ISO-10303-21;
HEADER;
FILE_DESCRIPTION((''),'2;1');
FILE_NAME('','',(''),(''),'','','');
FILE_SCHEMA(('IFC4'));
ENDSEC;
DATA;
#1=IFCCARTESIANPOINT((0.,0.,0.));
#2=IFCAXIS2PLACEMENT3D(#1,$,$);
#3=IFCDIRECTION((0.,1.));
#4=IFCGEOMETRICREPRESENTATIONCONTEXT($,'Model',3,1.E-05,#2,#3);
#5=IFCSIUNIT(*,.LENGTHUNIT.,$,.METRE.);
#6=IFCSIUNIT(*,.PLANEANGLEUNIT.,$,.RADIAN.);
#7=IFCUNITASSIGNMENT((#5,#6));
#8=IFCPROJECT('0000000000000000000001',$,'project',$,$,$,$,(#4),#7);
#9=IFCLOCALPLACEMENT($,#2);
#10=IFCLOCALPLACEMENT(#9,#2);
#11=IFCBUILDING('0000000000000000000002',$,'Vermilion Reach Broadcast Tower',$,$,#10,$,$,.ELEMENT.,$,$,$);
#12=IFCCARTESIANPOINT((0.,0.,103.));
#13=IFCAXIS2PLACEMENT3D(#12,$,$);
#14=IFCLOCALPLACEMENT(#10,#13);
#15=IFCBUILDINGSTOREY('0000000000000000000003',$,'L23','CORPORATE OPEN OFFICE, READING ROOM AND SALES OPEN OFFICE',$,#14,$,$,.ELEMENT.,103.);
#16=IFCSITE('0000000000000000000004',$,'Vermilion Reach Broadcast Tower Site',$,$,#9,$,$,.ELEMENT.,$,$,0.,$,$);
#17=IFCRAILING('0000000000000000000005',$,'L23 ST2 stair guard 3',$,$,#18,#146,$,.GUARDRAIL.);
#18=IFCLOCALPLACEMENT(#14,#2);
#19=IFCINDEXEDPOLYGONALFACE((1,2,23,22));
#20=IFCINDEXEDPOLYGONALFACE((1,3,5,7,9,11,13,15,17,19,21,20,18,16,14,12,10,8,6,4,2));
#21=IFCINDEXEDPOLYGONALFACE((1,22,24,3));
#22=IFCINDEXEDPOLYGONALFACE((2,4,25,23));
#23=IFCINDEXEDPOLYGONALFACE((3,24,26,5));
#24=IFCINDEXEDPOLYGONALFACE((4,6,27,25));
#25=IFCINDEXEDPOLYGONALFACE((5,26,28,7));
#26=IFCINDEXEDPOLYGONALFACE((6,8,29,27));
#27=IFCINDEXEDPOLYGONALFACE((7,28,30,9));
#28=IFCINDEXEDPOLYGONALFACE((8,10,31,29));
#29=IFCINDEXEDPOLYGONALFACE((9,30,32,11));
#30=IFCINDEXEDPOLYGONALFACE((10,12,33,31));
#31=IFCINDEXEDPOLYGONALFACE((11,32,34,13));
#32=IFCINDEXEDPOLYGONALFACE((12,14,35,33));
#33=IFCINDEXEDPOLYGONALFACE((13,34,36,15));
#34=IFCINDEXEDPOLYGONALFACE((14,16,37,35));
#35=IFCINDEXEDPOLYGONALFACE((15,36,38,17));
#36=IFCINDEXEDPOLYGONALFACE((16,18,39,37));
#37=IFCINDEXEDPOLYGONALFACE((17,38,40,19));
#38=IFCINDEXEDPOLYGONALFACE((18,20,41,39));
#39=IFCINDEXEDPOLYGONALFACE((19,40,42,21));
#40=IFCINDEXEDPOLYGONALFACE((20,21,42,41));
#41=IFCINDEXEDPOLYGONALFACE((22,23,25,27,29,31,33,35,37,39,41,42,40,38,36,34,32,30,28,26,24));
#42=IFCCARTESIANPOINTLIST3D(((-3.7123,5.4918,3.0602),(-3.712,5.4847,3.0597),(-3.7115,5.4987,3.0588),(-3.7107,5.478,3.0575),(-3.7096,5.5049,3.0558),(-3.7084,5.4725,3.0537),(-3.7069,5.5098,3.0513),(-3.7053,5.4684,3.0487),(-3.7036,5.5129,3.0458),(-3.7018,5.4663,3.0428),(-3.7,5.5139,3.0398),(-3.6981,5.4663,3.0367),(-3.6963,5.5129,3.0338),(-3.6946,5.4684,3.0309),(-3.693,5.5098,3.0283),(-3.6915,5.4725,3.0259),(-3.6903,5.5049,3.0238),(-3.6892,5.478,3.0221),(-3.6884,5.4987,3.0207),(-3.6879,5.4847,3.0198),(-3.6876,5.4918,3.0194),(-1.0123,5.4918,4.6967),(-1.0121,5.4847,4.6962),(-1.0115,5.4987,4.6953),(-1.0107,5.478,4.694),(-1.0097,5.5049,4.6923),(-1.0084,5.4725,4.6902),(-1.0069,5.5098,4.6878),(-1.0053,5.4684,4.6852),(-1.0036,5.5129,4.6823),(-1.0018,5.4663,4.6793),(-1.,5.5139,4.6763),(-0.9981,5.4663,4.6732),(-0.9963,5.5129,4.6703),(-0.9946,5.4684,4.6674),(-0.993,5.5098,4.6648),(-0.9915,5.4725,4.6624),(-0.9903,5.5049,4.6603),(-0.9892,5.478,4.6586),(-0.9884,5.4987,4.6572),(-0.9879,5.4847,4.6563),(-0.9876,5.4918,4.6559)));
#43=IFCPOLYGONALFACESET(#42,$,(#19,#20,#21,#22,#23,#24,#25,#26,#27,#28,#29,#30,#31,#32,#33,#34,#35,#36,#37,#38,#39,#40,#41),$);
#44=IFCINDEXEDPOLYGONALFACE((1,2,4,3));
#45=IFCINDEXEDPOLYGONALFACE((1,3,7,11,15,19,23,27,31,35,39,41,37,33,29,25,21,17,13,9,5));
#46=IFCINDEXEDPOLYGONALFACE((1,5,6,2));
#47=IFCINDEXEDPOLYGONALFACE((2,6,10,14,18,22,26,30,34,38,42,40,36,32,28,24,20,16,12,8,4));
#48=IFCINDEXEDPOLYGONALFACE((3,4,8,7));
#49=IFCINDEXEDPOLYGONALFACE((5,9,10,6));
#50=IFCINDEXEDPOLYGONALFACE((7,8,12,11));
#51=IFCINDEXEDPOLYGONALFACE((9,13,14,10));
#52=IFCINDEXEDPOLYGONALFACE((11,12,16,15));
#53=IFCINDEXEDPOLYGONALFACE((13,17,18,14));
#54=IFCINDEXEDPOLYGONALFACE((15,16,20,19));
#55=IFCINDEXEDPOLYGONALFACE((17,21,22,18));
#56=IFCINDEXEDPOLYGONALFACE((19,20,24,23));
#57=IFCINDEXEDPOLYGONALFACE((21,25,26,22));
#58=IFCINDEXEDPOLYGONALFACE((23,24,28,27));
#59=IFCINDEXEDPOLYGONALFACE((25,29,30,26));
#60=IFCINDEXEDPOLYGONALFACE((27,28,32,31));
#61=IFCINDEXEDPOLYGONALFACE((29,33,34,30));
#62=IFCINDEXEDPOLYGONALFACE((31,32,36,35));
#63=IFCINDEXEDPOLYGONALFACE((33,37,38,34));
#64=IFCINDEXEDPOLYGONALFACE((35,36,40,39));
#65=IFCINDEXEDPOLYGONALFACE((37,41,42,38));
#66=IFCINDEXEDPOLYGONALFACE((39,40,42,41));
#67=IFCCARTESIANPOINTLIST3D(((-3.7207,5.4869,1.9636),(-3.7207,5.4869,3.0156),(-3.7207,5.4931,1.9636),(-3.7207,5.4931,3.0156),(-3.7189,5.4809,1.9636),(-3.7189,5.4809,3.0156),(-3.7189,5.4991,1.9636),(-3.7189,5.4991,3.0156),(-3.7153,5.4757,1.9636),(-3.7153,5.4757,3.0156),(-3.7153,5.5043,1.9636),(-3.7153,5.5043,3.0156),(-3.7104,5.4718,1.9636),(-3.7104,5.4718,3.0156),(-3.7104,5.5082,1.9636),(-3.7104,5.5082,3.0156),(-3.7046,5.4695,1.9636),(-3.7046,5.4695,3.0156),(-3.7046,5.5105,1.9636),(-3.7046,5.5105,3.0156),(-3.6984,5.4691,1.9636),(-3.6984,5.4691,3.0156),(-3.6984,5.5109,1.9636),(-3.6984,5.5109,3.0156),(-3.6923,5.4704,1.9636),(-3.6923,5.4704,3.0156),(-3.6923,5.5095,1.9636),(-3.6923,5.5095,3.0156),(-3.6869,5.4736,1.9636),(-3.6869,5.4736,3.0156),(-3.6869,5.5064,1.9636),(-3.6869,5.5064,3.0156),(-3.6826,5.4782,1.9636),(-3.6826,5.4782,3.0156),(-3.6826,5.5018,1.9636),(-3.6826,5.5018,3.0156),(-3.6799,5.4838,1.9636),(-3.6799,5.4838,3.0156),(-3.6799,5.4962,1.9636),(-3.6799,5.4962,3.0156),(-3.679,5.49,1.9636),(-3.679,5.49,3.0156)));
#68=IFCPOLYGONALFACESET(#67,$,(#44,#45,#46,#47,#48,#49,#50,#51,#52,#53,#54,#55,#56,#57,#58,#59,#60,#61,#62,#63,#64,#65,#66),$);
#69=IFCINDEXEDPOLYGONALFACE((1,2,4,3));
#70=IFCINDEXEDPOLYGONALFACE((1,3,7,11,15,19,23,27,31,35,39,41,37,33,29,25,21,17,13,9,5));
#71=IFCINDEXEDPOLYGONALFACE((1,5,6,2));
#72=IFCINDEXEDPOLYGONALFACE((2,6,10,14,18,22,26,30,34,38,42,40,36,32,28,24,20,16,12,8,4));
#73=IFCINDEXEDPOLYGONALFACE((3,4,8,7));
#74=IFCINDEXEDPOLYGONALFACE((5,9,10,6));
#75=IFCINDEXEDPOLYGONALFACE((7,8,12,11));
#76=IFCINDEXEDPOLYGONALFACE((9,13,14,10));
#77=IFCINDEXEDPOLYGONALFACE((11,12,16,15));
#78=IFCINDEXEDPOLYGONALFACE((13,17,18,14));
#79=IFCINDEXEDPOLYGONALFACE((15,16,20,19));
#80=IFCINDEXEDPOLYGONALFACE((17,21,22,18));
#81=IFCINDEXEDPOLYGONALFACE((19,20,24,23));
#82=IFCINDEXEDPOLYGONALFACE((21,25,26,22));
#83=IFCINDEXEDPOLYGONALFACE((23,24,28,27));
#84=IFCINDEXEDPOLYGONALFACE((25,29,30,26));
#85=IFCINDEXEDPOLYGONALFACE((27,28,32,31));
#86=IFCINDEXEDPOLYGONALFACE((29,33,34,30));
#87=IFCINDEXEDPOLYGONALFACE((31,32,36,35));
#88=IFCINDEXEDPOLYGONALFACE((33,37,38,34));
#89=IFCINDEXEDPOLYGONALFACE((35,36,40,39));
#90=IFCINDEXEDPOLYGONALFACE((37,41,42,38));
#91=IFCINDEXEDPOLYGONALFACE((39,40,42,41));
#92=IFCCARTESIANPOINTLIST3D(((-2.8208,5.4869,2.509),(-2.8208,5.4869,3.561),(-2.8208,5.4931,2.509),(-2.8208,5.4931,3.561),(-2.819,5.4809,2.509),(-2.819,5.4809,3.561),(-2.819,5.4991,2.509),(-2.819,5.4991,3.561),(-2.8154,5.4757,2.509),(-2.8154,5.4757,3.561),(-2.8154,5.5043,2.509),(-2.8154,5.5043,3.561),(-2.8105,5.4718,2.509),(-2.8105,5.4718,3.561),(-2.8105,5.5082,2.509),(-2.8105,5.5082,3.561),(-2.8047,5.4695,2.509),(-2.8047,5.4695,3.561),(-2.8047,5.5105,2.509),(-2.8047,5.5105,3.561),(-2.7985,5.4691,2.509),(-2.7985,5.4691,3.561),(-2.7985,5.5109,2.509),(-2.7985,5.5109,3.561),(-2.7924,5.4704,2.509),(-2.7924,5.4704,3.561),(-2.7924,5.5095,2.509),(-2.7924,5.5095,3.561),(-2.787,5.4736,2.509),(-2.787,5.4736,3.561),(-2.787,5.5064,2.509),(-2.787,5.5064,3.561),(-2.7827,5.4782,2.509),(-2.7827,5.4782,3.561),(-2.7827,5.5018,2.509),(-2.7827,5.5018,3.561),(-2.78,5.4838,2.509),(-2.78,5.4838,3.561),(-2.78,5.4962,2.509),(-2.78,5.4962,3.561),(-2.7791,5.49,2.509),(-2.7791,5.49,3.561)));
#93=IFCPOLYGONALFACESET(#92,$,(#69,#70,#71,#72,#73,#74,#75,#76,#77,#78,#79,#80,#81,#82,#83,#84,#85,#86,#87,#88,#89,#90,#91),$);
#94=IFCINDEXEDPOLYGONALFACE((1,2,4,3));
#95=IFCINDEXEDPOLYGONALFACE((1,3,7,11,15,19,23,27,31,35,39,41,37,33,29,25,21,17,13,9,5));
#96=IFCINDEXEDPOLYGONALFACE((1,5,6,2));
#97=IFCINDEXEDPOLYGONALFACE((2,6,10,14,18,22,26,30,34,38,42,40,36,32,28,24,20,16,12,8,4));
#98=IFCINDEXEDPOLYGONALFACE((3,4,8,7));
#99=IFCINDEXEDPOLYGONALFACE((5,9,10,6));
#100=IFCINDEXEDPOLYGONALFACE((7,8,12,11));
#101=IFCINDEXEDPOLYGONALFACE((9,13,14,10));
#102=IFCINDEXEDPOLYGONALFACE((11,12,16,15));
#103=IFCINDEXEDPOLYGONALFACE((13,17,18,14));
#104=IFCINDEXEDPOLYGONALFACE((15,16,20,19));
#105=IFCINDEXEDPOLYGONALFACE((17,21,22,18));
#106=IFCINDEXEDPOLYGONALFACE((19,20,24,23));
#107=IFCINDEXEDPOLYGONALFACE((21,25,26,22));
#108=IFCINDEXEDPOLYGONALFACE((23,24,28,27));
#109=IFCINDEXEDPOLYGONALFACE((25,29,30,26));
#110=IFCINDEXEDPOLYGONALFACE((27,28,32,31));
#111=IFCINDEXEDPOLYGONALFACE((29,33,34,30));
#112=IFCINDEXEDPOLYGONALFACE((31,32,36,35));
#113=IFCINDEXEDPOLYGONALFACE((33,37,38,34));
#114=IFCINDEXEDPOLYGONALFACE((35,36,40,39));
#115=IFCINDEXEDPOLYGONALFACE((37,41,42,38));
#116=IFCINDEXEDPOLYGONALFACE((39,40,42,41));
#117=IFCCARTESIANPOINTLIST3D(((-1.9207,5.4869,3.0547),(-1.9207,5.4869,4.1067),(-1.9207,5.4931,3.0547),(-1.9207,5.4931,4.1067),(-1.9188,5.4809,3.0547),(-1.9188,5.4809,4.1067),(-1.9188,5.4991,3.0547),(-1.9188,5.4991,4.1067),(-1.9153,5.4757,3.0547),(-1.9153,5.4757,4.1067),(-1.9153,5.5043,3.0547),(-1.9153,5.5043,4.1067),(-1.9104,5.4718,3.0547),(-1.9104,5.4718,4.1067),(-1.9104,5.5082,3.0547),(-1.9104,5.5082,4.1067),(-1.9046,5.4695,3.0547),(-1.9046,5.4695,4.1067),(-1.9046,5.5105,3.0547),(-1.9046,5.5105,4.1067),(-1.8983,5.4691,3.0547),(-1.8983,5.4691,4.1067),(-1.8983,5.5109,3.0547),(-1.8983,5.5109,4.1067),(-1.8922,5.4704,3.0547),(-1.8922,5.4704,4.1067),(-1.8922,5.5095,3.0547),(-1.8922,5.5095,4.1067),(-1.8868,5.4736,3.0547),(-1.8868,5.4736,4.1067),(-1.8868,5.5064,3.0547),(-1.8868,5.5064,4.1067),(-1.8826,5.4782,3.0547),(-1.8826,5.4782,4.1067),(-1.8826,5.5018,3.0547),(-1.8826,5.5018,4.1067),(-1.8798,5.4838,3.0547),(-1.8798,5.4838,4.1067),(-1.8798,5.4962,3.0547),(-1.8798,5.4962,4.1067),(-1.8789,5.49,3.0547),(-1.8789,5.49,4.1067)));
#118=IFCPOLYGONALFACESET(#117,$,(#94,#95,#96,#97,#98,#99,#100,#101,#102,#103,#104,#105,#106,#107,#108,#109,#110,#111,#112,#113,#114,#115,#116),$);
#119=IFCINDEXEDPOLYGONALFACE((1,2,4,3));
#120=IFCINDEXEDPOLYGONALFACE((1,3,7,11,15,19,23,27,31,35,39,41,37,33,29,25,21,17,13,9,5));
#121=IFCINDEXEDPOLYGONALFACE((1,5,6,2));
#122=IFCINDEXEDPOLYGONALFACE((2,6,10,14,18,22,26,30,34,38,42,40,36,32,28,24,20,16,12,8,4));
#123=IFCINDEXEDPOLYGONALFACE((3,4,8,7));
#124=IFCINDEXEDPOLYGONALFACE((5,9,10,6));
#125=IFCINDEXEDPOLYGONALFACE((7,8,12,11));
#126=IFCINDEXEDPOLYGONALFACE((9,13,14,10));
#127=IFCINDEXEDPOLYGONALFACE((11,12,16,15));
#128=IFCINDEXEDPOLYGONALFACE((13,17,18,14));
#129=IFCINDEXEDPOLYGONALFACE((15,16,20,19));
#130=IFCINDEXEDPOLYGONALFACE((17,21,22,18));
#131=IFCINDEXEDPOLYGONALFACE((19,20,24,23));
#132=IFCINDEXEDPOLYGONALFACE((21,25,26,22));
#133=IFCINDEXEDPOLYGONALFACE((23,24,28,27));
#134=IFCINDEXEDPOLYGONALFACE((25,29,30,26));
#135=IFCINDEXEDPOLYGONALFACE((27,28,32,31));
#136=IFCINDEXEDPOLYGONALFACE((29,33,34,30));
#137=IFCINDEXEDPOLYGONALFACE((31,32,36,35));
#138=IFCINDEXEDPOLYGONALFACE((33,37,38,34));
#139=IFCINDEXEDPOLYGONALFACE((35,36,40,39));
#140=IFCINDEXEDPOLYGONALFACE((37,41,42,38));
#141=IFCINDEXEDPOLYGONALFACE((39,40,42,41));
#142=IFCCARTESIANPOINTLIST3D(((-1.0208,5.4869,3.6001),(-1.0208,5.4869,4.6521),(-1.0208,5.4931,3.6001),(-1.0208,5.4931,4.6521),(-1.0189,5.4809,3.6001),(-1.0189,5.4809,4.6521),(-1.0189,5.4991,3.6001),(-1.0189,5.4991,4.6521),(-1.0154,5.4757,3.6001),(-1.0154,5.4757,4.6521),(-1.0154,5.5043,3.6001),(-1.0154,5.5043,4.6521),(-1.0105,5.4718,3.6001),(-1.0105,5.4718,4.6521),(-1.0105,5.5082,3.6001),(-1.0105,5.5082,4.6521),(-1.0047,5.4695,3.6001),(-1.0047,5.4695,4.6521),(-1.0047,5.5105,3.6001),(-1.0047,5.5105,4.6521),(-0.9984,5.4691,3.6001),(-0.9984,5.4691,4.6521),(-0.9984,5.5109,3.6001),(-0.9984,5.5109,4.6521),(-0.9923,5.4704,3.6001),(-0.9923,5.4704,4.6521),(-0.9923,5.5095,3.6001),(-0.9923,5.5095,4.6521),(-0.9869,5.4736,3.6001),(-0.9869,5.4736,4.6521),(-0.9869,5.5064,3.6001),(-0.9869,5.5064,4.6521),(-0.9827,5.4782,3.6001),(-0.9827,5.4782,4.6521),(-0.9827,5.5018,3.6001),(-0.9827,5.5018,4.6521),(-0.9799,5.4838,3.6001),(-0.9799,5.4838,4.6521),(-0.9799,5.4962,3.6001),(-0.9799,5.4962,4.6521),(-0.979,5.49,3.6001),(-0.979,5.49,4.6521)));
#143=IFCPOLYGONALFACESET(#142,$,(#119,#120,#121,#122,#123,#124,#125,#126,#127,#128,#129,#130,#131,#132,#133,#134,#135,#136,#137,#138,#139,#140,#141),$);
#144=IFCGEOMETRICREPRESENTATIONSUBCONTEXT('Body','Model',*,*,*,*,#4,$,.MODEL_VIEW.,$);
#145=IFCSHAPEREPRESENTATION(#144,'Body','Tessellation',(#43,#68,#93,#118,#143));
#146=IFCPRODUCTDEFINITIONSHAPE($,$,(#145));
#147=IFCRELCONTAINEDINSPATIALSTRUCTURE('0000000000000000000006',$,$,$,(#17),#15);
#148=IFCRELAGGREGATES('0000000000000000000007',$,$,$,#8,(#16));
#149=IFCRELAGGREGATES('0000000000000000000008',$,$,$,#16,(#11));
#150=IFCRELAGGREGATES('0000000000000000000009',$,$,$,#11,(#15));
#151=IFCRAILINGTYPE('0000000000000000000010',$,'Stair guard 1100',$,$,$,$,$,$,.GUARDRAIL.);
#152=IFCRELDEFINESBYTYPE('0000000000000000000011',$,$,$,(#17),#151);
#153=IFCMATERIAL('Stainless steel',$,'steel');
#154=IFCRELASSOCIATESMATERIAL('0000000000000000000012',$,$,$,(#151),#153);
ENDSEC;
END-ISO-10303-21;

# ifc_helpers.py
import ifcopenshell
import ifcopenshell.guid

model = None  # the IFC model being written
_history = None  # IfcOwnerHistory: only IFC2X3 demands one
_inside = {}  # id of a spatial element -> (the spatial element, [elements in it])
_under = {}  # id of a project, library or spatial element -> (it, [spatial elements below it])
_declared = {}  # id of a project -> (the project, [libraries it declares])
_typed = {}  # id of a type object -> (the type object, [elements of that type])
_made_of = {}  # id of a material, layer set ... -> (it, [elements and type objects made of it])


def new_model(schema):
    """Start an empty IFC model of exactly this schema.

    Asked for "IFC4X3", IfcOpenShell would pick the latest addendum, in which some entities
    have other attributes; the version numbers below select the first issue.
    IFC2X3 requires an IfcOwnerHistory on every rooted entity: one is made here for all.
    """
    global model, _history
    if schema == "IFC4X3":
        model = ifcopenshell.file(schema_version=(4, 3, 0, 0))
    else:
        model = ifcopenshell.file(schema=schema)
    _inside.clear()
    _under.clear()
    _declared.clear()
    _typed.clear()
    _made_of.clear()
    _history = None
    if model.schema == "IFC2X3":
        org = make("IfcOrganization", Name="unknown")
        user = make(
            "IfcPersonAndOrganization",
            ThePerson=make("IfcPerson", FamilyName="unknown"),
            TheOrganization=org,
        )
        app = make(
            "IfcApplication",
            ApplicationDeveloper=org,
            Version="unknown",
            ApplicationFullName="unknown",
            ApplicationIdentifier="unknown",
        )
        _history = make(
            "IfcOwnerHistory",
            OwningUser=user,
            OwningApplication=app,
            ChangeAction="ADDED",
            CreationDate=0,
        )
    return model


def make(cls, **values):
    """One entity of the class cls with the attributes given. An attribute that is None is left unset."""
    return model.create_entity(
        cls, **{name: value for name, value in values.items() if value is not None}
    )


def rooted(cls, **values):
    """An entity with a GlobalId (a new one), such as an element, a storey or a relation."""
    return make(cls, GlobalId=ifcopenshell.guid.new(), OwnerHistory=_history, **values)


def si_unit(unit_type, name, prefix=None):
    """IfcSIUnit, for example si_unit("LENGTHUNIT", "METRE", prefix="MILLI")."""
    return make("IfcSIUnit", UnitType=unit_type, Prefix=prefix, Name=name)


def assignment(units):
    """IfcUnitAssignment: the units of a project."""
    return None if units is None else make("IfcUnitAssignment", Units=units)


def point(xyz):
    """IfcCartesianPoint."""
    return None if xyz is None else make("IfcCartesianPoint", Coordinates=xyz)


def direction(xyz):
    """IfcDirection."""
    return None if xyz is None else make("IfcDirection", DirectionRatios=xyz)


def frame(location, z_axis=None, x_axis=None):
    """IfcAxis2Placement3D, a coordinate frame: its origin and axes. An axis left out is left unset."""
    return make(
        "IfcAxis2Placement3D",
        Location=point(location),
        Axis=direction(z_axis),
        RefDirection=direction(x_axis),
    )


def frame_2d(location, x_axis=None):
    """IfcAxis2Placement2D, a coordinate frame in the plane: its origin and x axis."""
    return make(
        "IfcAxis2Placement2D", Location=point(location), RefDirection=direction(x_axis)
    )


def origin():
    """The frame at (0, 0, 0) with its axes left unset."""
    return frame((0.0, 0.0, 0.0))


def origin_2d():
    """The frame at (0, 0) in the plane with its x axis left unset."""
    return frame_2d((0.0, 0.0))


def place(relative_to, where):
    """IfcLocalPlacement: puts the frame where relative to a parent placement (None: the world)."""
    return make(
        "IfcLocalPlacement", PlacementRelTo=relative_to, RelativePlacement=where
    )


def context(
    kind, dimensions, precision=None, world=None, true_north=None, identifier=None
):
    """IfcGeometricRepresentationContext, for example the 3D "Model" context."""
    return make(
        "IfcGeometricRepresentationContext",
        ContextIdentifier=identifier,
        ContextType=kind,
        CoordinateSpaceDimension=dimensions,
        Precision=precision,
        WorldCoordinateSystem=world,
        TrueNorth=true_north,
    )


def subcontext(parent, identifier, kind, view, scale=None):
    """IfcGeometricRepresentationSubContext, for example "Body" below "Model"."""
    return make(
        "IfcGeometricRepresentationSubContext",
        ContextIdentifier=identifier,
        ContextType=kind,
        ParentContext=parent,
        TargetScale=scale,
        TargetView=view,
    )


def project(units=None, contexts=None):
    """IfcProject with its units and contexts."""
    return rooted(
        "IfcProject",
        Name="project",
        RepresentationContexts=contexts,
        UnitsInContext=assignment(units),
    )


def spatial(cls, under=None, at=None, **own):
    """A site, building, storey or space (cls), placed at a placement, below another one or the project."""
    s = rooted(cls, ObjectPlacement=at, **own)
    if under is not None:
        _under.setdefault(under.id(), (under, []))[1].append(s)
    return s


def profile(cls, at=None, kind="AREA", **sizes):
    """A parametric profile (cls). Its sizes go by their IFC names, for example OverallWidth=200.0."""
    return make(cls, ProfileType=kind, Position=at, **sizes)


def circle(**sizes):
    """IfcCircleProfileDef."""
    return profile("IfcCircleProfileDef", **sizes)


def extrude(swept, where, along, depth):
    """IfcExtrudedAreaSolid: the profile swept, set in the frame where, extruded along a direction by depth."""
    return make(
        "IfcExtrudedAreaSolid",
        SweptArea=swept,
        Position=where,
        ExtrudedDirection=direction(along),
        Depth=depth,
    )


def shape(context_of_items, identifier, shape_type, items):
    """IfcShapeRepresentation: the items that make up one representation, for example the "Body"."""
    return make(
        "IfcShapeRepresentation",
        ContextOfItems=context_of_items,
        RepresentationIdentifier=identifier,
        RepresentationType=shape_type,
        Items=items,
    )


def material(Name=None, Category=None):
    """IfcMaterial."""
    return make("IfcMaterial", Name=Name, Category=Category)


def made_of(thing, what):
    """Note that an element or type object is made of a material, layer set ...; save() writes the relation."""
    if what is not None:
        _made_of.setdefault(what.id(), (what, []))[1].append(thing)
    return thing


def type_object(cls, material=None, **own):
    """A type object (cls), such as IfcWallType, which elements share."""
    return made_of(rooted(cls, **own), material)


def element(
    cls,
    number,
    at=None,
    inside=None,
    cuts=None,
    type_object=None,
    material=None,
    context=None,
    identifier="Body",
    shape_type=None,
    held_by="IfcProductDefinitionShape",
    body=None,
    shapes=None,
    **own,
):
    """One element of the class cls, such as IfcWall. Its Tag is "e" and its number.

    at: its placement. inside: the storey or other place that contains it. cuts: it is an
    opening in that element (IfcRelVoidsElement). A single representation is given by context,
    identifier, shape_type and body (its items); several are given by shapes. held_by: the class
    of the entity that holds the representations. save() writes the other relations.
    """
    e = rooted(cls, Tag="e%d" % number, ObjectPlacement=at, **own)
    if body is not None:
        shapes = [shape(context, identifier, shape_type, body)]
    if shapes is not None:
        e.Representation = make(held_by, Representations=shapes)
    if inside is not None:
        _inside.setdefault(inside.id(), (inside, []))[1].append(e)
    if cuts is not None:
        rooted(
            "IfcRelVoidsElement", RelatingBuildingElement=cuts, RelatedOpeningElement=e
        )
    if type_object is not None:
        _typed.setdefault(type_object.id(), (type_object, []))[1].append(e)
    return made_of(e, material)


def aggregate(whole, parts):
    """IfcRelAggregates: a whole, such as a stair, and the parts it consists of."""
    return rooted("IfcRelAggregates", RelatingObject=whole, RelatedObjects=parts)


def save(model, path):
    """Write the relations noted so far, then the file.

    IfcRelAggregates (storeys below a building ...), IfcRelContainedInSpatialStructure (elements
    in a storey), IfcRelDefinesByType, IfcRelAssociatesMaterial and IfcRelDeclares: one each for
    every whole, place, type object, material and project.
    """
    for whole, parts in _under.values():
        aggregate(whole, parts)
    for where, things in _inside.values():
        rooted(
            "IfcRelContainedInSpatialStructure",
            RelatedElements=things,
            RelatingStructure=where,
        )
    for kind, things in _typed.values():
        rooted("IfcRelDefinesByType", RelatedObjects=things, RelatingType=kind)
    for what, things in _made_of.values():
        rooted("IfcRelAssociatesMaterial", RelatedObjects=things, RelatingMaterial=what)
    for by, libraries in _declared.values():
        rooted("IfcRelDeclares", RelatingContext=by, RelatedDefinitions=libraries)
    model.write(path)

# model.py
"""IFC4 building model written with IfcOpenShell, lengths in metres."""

from ifc_helpers import new_model, si_unit, direction, frame, origin, origin_2d, place, context, subcontext, project, spatial, circle, extrude, material, type_object, element, save


model = new_model("IFC4")

# Units and contexts
model_context = context("Model", 3, precision=1e-05, world=origin(), true_north=direction((0.0, 1.0)))
body_context = subcontext(model_context, "Body", "Model", "MODEL_VIEW")
ifc_project = project(units=[si_unit("LENGTHUNIT", "METRE"), si_unit("PLANEANGLEUNIT", "RADIAN")], contexts=[model_context])

# Site, building, storey
site_placement = place(None, origin())
site = spatial("IfcSite", under=ifc_project, at=site_placement, Name="Vermilion Reach Broadcast Tower Site", CompositionType="ELEMENT", RefElevation=0.0)
building_placement = place(site_placement, origin())
building = spatial("IfcBuilding", under=site, at=building_placement, Name="Vermilion Reach Broadcast Tower", CompositionType="ELEMENT")
storey_placement = place(building_placement, frame((0.0, 0.0, 103.0)))
storey = spatial("IfcBuildingStorey", under=building, at=storey_placement, Name="L23", Description="CORPORATE OPEN OFFICE, READING ROOM AND SALES OPEN OFFICE", CompositionType="ELEMENT", Elevation=103.0)

# Railing
ifc_material_1 = material(Name="Stainless steel", Category="steel")
railing_type_1 = type_object("IfcRailingType", Name="Stair guard 1100", PredefinedType="GUARDRAIL", material=ifc_material_1)
railing_1_placement = place(storey_placement, frame((-3.7, 5.49, 1.9636)))
element("IfcRailing", 1, at=railing_1_placement, inside=storey, type_object=railing_type_1, Name="L23 ST2 stair guard 3", PredefinedType="GUARDRAIL", context=body_context, shape_type="SweptSolid", body=[
    extrude(circle(Radius=0.0239, at=origin_2d()), frame((0.0, 0.0, 1.0762), z_axis=(0.855178, 0.0, 0.518334), x_axis=(0.0, 1.0, 0.0)), (0.0, 0.0, 1.0), 3.1572),
    extrude(circle(Radius=0.021, at=origin_2d()), origin(), (0.0, 0.0, 1.0), 1.052),
    extrude(circle(Radius=0.021, at=origin_2d()), frame((0.8999, 0.0, 0.5454)), (0.0, 0.0, 1.0), 1.052),
    extrude(circle(Radius=0.021, at=origin_2d()), frame((1.8, 0.0, 1.0911)), (0.0, 0.0, 1.0), 1.052),
    extrude(circle(Radius=0.021, at=origin_2d()), frame((2.7, 0.0, 1.6365)), (0.0, 0.0, 1.0), 1.052),
])

save(model, "model.ifc")
